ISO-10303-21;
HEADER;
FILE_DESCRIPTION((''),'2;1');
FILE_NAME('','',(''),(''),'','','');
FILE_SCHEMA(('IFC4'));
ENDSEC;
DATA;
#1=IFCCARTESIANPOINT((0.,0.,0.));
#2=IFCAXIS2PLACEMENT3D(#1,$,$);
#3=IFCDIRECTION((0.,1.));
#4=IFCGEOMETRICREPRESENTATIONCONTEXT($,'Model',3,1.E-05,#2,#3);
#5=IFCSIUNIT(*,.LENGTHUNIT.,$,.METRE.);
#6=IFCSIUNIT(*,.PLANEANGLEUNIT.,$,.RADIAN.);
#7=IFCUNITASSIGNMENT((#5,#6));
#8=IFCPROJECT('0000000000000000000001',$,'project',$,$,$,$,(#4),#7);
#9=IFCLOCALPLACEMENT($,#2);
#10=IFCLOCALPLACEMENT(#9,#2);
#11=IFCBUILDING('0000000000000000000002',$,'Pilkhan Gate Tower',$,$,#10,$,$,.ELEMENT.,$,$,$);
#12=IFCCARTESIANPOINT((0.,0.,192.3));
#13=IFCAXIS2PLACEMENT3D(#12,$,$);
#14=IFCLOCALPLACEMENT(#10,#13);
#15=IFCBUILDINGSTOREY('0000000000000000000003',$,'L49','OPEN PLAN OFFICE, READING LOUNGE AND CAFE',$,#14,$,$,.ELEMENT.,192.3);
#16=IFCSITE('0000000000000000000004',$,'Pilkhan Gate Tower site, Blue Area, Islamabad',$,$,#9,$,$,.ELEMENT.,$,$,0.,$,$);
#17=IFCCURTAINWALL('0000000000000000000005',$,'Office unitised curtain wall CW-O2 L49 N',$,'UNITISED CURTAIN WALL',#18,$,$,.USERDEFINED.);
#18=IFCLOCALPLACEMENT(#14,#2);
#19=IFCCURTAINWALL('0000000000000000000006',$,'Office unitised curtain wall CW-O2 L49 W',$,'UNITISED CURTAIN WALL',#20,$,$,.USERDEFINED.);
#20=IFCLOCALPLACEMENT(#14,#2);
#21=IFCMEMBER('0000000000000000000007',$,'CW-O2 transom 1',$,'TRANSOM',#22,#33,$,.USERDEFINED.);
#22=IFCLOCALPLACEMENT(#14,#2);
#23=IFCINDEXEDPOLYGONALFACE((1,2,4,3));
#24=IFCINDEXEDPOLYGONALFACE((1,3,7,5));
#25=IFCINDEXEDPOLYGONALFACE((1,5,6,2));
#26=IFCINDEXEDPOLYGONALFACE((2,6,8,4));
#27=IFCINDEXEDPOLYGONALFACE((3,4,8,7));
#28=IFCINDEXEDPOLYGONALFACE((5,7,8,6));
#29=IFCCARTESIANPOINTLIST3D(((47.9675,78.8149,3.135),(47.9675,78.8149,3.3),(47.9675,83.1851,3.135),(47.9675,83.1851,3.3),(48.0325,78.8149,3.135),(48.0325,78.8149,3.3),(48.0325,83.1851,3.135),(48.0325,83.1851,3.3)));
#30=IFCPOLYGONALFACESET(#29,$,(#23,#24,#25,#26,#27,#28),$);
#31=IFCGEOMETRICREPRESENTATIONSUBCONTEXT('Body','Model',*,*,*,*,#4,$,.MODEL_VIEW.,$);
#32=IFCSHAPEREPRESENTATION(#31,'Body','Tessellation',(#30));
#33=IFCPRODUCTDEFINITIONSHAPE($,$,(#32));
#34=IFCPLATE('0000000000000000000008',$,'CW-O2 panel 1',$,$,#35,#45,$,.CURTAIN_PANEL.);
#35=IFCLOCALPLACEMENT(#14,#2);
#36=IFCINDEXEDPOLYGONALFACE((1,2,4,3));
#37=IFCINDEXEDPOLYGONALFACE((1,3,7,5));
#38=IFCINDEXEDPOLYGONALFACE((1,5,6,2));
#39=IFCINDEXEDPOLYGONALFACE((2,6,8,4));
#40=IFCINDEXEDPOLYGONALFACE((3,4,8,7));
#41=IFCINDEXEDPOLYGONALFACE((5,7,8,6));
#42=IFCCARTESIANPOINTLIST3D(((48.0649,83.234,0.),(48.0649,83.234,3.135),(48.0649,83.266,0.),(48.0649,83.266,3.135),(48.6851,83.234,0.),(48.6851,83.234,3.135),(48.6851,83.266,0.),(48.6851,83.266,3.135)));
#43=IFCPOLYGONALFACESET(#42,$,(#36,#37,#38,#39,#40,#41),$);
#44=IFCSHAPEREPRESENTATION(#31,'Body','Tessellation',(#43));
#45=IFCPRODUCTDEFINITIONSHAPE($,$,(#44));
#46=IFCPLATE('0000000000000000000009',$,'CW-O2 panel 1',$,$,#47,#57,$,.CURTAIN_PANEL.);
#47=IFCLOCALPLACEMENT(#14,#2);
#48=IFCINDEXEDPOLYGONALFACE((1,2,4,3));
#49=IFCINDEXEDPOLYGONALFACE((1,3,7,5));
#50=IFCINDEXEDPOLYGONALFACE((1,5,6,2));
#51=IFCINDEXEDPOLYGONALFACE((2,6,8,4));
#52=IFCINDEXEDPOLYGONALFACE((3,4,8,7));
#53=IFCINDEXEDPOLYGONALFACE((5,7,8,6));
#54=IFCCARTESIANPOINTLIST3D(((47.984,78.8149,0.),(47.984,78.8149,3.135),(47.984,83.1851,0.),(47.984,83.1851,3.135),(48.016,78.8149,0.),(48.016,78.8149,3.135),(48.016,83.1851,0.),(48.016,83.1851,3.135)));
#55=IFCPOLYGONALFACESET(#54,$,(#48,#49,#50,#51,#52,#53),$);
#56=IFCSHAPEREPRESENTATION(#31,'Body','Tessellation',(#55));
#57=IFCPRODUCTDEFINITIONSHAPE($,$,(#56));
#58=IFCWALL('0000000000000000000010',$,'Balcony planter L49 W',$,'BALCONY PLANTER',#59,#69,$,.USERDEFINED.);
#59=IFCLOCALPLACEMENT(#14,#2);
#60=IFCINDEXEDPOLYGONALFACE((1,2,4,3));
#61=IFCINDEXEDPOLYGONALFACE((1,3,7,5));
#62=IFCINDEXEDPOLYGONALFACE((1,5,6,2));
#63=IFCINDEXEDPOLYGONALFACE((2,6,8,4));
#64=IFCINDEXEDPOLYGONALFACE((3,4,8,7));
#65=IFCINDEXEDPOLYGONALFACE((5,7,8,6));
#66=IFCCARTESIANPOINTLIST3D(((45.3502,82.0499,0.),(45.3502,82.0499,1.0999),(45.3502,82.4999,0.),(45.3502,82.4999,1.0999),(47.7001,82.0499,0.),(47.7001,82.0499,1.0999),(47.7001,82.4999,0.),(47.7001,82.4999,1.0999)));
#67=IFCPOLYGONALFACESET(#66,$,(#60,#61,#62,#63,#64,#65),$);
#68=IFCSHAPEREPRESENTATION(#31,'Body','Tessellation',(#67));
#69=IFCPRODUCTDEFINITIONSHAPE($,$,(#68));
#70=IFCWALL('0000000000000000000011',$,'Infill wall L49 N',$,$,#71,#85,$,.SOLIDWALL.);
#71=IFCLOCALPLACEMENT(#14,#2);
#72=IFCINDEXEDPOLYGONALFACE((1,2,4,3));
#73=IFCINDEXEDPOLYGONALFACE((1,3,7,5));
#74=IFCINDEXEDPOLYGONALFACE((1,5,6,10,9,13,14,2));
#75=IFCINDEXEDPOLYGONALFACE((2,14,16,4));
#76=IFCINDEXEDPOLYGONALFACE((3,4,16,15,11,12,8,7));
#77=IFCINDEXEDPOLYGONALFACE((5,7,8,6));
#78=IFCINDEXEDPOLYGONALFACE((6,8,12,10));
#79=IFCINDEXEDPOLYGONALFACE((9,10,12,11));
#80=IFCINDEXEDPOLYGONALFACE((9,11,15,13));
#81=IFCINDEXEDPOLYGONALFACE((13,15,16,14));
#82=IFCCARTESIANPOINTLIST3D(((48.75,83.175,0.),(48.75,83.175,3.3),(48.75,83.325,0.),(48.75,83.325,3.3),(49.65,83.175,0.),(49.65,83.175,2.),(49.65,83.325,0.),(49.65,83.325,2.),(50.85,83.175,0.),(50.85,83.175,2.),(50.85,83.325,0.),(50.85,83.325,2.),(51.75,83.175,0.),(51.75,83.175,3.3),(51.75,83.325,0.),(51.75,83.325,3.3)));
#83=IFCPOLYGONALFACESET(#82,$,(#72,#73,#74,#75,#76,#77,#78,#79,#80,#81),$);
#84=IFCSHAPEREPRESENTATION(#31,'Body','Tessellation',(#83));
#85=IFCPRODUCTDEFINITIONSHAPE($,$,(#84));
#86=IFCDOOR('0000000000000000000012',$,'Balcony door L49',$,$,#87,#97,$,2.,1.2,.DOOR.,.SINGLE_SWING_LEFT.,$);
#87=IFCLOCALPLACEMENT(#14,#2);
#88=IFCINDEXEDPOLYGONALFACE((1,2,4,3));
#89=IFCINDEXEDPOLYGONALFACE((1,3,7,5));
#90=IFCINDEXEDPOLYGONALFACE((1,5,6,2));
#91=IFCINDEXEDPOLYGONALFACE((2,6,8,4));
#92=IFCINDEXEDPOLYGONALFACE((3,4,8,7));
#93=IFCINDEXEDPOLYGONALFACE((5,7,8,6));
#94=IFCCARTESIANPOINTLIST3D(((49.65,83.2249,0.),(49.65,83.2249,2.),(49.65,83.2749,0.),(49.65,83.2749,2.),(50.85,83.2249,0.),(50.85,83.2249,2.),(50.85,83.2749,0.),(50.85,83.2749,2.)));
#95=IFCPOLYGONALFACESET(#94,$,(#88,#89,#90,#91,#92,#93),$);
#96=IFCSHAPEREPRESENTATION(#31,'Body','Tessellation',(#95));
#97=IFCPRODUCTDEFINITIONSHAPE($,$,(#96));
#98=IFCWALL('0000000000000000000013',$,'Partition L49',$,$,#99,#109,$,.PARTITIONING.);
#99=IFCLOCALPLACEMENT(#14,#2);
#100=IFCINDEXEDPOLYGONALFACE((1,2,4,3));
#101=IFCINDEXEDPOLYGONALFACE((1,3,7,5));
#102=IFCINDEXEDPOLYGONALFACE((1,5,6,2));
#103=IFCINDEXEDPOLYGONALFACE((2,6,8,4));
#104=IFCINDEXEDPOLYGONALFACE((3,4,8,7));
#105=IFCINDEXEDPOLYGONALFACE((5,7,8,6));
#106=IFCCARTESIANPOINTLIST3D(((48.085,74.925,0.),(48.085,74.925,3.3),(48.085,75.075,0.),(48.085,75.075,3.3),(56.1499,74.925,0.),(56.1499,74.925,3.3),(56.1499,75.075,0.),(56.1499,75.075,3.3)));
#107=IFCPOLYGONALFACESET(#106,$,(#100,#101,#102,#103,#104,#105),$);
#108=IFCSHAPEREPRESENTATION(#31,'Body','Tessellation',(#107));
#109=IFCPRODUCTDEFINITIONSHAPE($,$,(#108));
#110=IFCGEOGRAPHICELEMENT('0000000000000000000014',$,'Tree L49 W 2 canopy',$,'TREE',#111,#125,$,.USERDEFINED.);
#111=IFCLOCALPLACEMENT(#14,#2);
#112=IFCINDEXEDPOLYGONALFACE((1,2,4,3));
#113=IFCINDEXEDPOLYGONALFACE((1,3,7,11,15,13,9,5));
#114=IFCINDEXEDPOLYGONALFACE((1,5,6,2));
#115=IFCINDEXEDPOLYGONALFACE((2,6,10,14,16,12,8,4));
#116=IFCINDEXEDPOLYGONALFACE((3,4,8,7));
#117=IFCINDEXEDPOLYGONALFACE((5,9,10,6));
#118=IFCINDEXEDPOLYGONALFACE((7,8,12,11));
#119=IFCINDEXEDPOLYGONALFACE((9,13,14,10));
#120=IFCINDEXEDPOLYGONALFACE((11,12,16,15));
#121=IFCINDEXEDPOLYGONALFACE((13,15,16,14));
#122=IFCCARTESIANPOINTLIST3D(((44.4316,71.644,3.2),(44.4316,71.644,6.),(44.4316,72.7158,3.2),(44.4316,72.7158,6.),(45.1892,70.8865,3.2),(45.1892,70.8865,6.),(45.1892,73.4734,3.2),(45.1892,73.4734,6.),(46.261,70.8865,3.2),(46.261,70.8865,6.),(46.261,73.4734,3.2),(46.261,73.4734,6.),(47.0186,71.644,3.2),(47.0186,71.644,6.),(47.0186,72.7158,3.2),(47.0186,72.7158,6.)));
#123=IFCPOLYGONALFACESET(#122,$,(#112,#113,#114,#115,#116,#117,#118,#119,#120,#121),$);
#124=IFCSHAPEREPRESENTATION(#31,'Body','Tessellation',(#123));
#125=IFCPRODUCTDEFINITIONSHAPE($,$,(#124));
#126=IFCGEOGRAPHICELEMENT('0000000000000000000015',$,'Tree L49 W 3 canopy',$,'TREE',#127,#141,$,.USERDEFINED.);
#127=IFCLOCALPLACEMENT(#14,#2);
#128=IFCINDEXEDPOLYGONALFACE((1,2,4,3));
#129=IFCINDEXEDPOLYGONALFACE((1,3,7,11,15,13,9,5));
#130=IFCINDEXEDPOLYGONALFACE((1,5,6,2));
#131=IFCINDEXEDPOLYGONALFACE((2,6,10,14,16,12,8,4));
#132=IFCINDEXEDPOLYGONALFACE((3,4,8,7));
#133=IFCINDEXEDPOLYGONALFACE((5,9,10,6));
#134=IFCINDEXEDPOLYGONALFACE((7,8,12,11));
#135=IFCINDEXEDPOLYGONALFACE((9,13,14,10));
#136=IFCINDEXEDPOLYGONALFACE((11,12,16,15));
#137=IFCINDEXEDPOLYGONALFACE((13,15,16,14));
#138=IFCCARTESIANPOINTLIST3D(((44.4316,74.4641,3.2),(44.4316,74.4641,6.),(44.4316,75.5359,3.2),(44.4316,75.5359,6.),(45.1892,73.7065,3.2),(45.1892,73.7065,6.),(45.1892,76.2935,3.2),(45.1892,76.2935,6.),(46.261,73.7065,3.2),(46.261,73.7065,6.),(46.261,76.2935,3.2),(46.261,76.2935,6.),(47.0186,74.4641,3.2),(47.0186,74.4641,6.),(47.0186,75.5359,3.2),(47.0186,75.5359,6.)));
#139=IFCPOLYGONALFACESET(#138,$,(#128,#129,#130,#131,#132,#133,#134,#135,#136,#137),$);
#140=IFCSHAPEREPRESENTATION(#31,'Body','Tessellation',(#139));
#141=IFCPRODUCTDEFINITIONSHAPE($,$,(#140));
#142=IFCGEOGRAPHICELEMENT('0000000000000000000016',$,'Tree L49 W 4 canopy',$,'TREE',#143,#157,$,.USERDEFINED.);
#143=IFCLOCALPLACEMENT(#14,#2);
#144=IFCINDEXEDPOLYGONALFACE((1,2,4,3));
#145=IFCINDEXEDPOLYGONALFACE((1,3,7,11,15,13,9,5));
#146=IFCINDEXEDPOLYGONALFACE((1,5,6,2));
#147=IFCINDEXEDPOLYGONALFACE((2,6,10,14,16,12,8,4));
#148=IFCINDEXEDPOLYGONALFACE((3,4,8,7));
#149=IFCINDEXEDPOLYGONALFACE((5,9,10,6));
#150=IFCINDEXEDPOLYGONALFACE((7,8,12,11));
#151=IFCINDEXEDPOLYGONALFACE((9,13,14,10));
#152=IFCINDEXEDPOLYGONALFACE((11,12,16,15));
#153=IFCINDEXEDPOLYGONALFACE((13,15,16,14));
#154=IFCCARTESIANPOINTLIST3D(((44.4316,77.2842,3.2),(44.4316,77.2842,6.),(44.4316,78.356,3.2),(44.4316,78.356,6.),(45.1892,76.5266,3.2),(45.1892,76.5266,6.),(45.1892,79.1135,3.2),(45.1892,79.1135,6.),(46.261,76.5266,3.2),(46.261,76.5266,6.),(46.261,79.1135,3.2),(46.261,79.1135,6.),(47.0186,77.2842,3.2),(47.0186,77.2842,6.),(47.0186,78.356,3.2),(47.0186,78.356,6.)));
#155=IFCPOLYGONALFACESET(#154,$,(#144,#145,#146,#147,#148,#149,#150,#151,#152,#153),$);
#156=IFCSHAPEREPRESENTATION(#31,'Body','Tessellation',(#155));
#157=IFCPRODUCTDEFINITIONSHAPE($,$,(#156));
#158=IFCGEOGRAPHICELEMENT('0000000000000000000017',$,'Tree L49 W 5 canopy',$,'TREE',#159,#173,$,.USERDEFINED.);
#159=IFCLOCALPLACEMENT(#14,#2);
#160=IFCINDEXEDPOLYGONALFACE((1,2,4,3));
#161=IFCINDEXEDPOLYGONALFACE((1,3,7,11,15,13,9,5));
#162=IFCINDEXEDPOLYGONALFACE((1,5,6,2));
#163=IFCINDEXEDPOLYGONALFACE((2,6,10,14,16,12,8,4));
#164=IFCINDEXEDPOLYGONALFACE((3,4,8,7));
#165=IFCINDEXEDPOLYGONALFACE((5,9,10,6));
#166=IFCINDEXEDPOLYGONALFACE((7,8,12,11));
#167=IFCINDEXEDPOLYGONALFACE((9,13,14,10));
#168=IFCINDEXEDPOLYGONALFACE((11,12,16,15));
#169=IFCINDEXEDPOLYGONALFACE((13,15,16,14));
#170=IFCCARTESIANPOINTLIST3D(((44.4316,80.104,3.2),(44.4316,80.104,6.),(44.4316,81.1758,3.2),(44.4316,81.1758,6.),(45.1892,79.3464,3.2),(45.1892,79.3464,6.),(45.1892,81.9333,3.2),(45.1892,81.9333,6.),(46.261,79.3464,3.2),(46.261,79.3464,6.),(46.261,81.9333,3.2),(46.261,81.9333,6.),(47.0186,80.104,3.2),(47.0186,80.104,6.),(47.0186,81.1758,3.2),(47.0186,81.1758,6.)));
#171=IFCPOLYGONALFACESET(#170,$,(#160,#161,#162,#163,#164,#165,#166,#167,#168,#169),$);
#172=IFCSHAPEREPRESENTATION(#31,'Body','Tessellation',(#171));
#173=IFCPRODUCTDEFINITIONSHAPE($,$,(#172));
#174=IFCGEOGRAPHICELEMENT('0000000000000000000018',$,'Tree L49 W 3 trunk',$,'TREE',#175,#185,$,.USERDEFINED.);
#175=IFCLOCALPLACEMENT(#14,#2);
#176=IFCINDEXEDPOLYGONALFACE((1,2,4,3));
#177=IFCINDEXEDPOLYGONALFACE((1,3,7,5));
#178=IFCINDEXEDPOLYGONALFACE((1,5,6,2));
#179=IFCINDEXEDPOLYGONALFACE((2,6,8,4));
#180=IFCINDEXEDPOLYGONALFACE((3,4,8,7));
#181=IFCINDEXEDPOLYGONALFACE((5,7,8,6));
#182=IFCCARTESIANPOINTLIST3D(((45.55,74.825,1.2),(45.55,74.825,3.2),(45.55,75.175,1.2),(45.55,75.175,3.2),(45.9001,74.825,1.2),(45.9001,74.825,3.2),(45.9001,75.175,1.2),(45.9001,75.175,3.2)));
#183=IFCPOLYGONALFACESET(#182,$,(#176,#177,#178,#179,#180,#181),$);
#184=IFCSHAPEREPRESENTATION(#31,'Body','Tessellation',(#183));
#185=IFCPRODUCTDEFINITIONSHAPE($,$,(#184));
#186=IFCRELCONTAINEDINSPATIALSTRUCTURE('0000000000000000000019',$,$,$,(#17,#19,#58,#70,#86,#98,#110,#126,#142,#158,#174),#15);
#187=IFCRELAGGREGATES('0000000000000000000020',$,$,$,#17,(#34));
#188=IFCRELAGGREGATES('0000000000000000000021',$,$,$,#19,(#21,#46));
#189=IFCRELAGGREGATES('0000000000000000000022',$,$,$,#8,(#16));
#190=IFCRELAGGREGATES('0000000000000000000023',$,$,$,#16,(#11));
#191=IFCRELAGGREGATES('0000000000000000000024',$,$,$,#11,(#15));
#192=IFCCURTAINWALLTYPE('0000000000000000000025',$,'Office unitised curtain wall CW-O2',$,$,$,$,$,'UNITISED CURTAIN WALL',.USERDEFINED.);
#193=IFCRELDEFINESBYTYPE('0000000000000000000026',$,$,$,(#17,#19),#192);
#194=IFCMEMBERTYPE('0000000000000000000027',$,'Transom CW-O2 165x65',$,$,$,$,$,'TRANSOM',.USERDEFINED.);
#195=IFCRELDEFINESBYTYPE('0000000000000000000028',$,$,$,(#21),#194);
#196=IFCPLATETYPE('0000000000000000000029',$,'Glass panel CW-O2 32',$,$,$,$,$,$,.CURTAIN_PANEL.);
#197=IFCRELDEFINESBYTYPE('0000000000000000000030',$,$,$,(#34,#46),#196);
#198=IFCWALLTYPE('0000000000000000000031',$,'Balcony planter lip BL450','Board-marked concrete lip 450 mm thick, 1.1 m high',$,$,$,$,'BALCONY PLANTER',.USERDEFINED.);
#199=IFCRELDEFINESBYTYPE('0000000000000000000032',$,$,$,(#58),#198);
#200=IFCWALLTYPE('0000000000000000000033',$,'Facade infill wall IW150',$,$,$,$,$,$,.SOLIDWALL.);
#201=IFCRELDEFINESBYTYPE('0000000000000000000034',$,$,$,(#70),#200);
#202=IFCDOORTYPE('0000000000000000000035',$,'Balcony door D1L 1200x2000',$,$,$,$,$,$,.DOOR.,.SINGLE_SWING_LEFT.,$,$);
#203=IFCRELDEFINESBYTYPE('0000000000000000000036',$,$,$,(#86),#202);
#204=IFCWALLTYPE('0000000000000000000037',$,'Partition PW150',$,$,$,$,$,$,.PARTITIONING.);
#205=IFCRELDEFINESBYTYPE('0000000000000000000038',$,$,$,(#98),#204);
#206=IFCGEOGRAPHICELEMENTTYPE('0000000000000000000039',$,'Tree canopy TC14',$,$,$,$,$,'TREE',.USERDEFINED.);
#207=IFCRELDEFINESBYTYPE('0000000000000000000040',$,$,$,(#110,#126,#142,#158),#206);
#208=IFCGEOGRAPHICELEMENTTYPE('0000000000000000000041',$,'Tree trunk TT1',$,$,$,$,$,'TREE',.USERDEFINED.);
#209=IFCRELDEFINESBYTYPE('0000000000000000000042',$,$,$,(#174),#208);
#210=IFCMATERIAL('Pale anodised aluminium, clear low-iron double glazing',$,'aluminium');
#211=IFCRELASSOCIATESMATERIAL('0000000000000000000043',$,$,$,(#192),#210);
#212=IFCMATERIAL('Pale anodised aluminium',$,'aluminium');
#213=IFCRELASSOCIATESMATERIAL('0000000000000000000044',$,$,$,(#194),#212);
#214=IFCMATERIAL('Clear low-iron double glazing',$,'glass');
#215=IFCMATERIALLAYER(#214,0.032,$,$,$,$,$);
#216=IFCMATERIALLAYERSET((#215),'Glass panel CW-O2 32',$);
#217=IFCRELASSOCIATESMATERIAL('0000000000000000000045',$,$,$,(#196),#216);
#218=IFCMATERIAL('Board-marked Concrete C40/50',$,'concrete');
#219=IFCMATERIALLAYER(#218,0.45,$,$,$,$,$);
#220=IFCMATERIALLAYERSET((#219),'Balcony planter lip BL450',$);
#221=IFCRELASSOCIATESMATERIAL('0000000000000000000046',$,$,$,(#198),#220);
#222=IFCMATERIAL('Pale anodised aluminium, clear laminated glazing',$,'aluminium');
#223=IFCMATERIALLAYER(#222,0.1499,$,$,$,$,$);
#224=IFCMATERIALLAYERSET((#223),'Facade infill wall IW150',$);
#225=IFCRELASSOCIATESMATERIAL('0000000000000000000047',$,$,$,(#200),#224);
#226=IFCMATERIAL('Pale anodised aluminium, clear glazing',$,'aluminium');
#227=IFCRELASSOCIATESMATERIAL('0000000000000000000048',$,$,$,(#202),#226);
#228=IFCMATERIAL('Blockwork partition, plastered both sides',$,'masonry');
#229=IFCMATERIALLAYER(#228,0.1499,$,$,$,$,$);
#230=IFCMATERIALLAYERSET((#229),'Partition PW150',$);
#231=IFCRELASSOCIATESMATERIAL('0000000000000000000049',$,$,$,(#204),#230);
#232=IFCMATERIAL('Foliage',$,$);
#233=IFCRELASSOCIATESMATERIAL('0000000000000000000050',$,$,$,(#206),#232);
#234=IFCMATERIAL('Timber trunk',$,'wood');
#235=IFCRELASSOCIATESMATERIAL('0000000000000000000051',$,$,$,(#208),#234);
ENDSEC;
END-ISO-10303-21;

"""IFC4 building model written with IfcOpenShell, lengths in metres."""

from ifc_helpers import new_model, si_unit, direction, frame, frame_2d, origin, origin_2d, place, context, subcontext, project, spatial, polyline, rectangle, outline, extrude, material, layer, layer_set, material_profile, profile_set, type_object, element, fill, aggregate, save


model = new_model("IFC4")

# Units and contexts
model_context = context("Model", 3, precision=1e-05, world=origin(), true_north=direction((0.0, 1.0)))
body_context = subcontext(model_context, "Body", "Model", "MODEL_VIEW")
ifc_project = project(units=[si_unit("LENGTHUNIT", "METRE"), si_unit("PLANEANGLEUNIT", "RADIAN")], contexts=[model_context])

# Site, building, storey
site_placement = place(None, origin())
site = spatial("IfcSite", under=ifc_project, at=site_placement, Name="Pilkhan Gate Tower site, Blue Area, Islamabad", CompositionType="ELEMENT", RefElevation=0.0)
building_placement = place(site_placement, origin())
building = spatial("IfcBuilding", under=site, at=building_placement, Name="Pilkhan Gate Tower", CompositionType="ELEMENT")
storey_placement = place(building_placement, frame((0.0, 0.0, 192.3)))
storey = spatial("IfcBuildingStorey", under=building, at=storey_placement, Name="L49", Description="OPEN PLAN OFFICE, READING LOUNGE AND CAFE", CompositionType="ELEMENT", Elevation=192.3)

# Shared definitions
ifc_material_1 = material(Name="Pale anodised aluminium, clear low-iron double glazing", Category="aluminium")
curtain_wall_type = type_object("IfcCurtainWallType", Name="Office unitised curtain wall CW-O2", ElementType="UNITISED CURTAIN WALL", PredefinedType="USERDEFINED", material=ifc_material_1)
ifc_material_2 = material(Name="Pale anodised aluminium", Category="aluminium")

# Curtain walls
curtain_wall_1_placement = place(storey_placement, origin())
curtain_wall_1 = element("IfcCurtainWall", 1, at=curtain_wall_1_placement, inside=storey, type_object=curtain_wall_type, Name="Office unitised curtain wall CW-O2 L49 N", ObjectType="UNITISED CURTAIN WALL", PredefinedType="USERDEFINED")
curtain_wall_2_placement = place(storey_placement, origin())
curtain_wall_2 = element("IfcCurtainWall", 2, at=curtain_wall_2_placement, inside=storey, type_object=curtain_wall_type, Name="Office unitised curtain wall CW-O2 L49 W", ObjectType="UNITISED CURTAIN WALL", PredefinedType="USERDEFINED")

# Member
ifc_material_profile_1 = material_profile(ifc_material_2, rectangle(XDim=0.0649, YDim=0.165, at=origin_2d()), Name="Transom 165x65")
ifc_profile_set_1 = profile_set([ifc_material_profile_1], Name="Pale anodised aluminium")
member_type_1 = type_object("IfcMemberType", Name="Transom CW-O2 165x65", ElementType="TRANSOM", PredefinedType="USERDEFINED", material=ifc_profile_set_1)
member_1_placement = place(storey_placement, frame((48.0, 78.8149, 3.2175), z_axis=(0.0, 1.0, 0.0), x_axis=(-1.0, 0.0, 0.0)))
member_1 = element("IfcMember", 3, at=member_1_placement, type_object=member_type_1, Name="CW-O2 transom 1", ObjectType="TRANSOM", PredefinedType="USERDEFINED", context=body_context, shape_type="SweptSolid", body=[
    extrude(rectangle(XDim=0.0649, YDim=0.165, at=origin_2d()), origin(), (0.0, 0.0, 1.0), 4.3701),
])

# Plates
ifc_material_3 = material(Name="Clear low-iron double glazing", Category="glass")
ifc_layer_1 = layer(ifc_material_3, 0.032)
ifc_layer_set_1 = layer_set([ifc_layer_1], Name="Glass panel CW-O2 32")
plate_type = type_object("IfcPlateType", Name="Glass panel CW-O2 32", PredefinedType="CURTAIN_PANEL", material=ifc_layer_set_1)
plate_1_placement = place(storey_placement, frame((48.375, 83.25, 0.0), z_axis=(0.0, 0.0, 1.0), x_axis=(1.0, 0.0, 0.0)))
plate_1 = element("IfcPlate", 4, at=plate_1_placement, type_object=plate_type, Name="CW-O2 panel 1", PredefinedType="CURTAIN_PANEL", context=body_context, shape_type="SweptSolid", body=[
    extrude(rectangle(XDim=0.6201, YDim=0.032, at=origin_2d()), origin(), (0.0, 0.0, 1.0), 3.135),
])
aggregate(curtain_wall_1, [plate_1])
plate_2_placement = place(storey_placement, frame((48.0, 81.0, 0.0), z_axis=(0.0, 0.0, 1.0), x_axis=(0.0, 1.0, 0.0)))
plate_2 = element("IfcPlate", 5, at=plate_2_placement, type_object=plate_type, Name="CW-O2 panel 1", PredefinedType="CURTAIN_PANEL", context=body_context, shape_type="SweptSolid", body=[
    extrude(rectangle(XDim=4.3701, YDim=0.032, at=origin_2d()), origin(), (0.0, 0.0, 1.0), 3.135),
])
aggregate(curtain_wall_2, [member_1, plate_2])

# Wall
ifc_material_4 = material(Name="Board-marked Concrete C40/50", Category="concrete")
ifc_layer_2 = layer(ifc_material_4, 0.45)
ifc_layer_set_2 = layer_set([ifc_layer_2], Name="Balcony planter lip BL450")
wall_type_1 = type_object("IfcWallType", Name="Balcony planter lip BL450", Description="Board-marked concrete lip 450 mm thick, 1.1 m high", ElementType="BALCONY PLANTER", PredefinedType="USERDEFINED", material=ifc_layer_set_2)
wall_1_placement = place(storey_placement, frame((47.7, 82.2749, 0.0), z_axis=(0.0, 0.0, 1.0), x_axis=(-1.0, 0.0, 0.0)))
element("IfcWall", 6, at=wall_1_placement, inside=storey, type_object=wall_type_1, Name="Balcony planter L49 W", ObjectType="BALCONY PLANTER", PredefinedType="USERDEFINED", context=body_context, shape_type="SweptSolid", body=[
    extrude(rectangle(XDim=2.3499, YDim=0.45, at=frame_2d((1.1748, 0.0))), origin(), (0.0, 0.0, 1.0), 1.0999),
])

# Wall, opening, door
ifc_material_5 = material(Name="Pale anodised aluminium, clear laminated glazing", Category="aluminium")
ifc_layer_3 = layer(ifc_material_5, 0.1499)
ifc_layer_set_3 = layer_set([ifc_layer_3], Name="Facade infill wall IW150")
wall_type_2 = type_object("IfcWallType", Name="Facade infill wall IW150", PredefinedType="SOLIDWALL", material=ifc_layer_set_3)
wall_2_placement = place(storey_placement, frame((48.75, 83.25, 0.0), z_axis=(0.0, 0.0, 1.0), x_axis=(1.0, 0.0, 0.0)))
wall_2 = element("IfcWall", 7, at=wall_2_placement, inside=storey, type_object=wall_type_2, Name="Infill wall L49 N", PredefinedType="SOLIDWALL", context=body_context, shape_type="SweptSolid", body=[
    extrude(rectangle(XDim=3.0, YDim=0.1499, at=frame_2d((1.5, 0.0))), origin(), (0.0, 0.0, 1.0), 3.3),
])
opening_1_placement = place(wall_2_placement, frame((0.8999, 0.0, 0.0)))
opening_1 = element("IfcOpeningElement", 8, at=opening_1_placement, cuts=wall_2, PredefinedType="OPENING", context=body_context, shape_type="SweptSolid", body=[
    extrude(rectangle(XDim=1.2, YDim=2.0, at=frame_2d((0.6001, 1.0))), frame((0.0, 0.085, 0.0), z_axis=(0.0, -1.0, 0.0), x_axis=(1.0, 0.0, 0.0)), (0.0, 0.0, 1.0), 0.1699),
])
ifc_material_6 = material(Name="Pale anodised aluminium, clear glazing", Category="aluminium")
door_type_1 = type_object("IfcDoorType", Name="Balcony door D1L 1200x2000", OperationType="SINGLE_SWING_LEFT", PredefinedType="DOOR", material=ifc_material_6)
door_1_placement = place(opening_1_placement, origin())
door_1 = element("IfcDoor", 9, at=door_1_placement, inside=storey, type_object=door_type_1, Name="Balcony door L49", OperationType="SINGLE_SWING_LEFT", OverallHeight=2.0, OverallWidth=1.2, PredefinedType="DOOR", context=body_context, shape_type="SweptSolid", body=[
    extrude(rectangle(XDim=1.2, YDim=2.0, at=frame_2d((0.6001, 1.0))), frame((0.0, 0.0249, 0.0), z_axis=(0.0, -1.0, 0.0), x_axis=(1.0, 0.0, 0.0)), (0.0, 0.0, 1.0), 0.05),
])
fill(opening_1, door_1)

# Wall
ifc_material_7 = material(Name="Blockwork partition, plastered both sides", Category="masonry")
ifc_layer_4 = layer(ifc_material_7, 0.1499)
ifc_layer_set_4 = layer_set([ifc_layer_4], Name="Partition PW150")
wall_type_3 = type_object("IfcWallType", Name="Partition PW150", PredefinedType="PARTITIONING", material=ifc_layer_set_4)
wall_3_placement = place(storey_placement, frame((48.085, 75.0, 0.0), z_axis=(0.0, 0.0, 1.0), x_axis=(1.0, 0.0, 0.0)))
element("IfcWall", 10, at=wall_3_placement, inside=storey, type_object=wall_type_3, Name="Partition L49", PredefinedType="PARTITIONING", context=body_context, shape_type="SweptSolid", body=[
    extrude(rectangle(XDim=8.0649, YDim=0.1499, at=frame_2d((4.0325, 0.0))), origin(), (0.0, 0.0, 1.0), 3.3),
])

# Geographic elements
ifc_material_8 = material(Name="Foliage")
ifc_material_profile_2 = material_profile(ifc_material_8, outline(polyline([(1.2935, 0.5359), (0.5359, 1.2935), (-0.5359, 1.2935), (-1.2935, 0.5359), (-1.2935, -0.5359), (-0.5359, -1.2935), (0.5359, -1.2935), (1.2935, -0.5359), (1.2935, 0.5359)])), Name="Canopy D2.8")
ifc_profile_set_2 = profile_set([ifc_material_profile_2], Name="Foliage")
geographic_element_type_1 = type_object("IfcGeographicElementType", Name="Tree canopy TC14", ElementType="TREE", PredefinedType="USERDEFINED", material=ifc_profile_set_2)
for number, where, z_axis, x_axis, name in (
    (11, (45.7251, 72.1799, 3.2), (0.0, 0.0, 1.0), (1.0, 0.0, 0.0), "Tree L49 W 2 canopy"),
    (12, (45.7251, 75.0, 3.2), (0.0, 0.0, 1.0), (1.0, 0.0, 0.0), "Tree L49 W 3 canopy"),
    (13, (45.7251, 77.8201, 3.2), (0.0, 0.0, 1.0), (1.0, 0.0, 0.0), "Tree L49 W 4 canopy"),
    (14, (45.7251, 80.6399, 3.2), (0.0, 0.0, 1.0), (1.0, 0.0, 0.0), "Tree L49 W 5 canopy"),
):
    element("IfcGeographicElement", number, at=place(storey_placement, frame(where, z_axis=z_axis, x_axis=x_axis)), inside=storey, type_object=geographic_element_type_1, Name=name, ObjectType="TREE", PredefinedType="USERDEFINED", context=body_context, shape_type="SweptSolid", body=[
        extrude(outline(polyline([(1.2935, 0.5359), (0.5359, 1.2935), (-0.5359, 1.2935), (-1.2935, 0.5359), (-1.2935, -0.5359), (-0.5359, -1.2935), (0.5359, -1.2935), (1.2935, -0.5359), (1.2935, 0.5359)])), origin(), (0.0, 0.0, 1.0), 2.8),
    ])
ifc_material_9 = material(Name="Timber trunk", Category="wood")
geographic_element_type_2 = type_object("IfcGeographicElementType", Name="Tree trunk TT1", ElementType="TREE", PredefinedType="USERDEFINED", material=ifc_material_9)
for number, where, z_axis, x_axis, name in (
    (15, (45.7251, 75.0, 1.2), (0.0, 0.0, 1.0), (1.0, 0.0, 0.0), "Tree L49 W 3 trunk"),
):
    element("IfcGeographicElement", number, at=place(storey_placement, frame(where, z_axis=z_axis, x_axis=x_axis)), inside=storey, type_object=geographic_element_type_2, Name=name, ObjectType="TREE", PredefinedType="USERDEFINED", context=body_context, shape_type="SweptSolid", body=[
        extrude(rectangle(XDim=0.3501, YDim=0.3501, at=origin_2d()), origin(), (0.0, 0.0, 1.0), 2.0),
    ])

save(model, "model.ifc")
